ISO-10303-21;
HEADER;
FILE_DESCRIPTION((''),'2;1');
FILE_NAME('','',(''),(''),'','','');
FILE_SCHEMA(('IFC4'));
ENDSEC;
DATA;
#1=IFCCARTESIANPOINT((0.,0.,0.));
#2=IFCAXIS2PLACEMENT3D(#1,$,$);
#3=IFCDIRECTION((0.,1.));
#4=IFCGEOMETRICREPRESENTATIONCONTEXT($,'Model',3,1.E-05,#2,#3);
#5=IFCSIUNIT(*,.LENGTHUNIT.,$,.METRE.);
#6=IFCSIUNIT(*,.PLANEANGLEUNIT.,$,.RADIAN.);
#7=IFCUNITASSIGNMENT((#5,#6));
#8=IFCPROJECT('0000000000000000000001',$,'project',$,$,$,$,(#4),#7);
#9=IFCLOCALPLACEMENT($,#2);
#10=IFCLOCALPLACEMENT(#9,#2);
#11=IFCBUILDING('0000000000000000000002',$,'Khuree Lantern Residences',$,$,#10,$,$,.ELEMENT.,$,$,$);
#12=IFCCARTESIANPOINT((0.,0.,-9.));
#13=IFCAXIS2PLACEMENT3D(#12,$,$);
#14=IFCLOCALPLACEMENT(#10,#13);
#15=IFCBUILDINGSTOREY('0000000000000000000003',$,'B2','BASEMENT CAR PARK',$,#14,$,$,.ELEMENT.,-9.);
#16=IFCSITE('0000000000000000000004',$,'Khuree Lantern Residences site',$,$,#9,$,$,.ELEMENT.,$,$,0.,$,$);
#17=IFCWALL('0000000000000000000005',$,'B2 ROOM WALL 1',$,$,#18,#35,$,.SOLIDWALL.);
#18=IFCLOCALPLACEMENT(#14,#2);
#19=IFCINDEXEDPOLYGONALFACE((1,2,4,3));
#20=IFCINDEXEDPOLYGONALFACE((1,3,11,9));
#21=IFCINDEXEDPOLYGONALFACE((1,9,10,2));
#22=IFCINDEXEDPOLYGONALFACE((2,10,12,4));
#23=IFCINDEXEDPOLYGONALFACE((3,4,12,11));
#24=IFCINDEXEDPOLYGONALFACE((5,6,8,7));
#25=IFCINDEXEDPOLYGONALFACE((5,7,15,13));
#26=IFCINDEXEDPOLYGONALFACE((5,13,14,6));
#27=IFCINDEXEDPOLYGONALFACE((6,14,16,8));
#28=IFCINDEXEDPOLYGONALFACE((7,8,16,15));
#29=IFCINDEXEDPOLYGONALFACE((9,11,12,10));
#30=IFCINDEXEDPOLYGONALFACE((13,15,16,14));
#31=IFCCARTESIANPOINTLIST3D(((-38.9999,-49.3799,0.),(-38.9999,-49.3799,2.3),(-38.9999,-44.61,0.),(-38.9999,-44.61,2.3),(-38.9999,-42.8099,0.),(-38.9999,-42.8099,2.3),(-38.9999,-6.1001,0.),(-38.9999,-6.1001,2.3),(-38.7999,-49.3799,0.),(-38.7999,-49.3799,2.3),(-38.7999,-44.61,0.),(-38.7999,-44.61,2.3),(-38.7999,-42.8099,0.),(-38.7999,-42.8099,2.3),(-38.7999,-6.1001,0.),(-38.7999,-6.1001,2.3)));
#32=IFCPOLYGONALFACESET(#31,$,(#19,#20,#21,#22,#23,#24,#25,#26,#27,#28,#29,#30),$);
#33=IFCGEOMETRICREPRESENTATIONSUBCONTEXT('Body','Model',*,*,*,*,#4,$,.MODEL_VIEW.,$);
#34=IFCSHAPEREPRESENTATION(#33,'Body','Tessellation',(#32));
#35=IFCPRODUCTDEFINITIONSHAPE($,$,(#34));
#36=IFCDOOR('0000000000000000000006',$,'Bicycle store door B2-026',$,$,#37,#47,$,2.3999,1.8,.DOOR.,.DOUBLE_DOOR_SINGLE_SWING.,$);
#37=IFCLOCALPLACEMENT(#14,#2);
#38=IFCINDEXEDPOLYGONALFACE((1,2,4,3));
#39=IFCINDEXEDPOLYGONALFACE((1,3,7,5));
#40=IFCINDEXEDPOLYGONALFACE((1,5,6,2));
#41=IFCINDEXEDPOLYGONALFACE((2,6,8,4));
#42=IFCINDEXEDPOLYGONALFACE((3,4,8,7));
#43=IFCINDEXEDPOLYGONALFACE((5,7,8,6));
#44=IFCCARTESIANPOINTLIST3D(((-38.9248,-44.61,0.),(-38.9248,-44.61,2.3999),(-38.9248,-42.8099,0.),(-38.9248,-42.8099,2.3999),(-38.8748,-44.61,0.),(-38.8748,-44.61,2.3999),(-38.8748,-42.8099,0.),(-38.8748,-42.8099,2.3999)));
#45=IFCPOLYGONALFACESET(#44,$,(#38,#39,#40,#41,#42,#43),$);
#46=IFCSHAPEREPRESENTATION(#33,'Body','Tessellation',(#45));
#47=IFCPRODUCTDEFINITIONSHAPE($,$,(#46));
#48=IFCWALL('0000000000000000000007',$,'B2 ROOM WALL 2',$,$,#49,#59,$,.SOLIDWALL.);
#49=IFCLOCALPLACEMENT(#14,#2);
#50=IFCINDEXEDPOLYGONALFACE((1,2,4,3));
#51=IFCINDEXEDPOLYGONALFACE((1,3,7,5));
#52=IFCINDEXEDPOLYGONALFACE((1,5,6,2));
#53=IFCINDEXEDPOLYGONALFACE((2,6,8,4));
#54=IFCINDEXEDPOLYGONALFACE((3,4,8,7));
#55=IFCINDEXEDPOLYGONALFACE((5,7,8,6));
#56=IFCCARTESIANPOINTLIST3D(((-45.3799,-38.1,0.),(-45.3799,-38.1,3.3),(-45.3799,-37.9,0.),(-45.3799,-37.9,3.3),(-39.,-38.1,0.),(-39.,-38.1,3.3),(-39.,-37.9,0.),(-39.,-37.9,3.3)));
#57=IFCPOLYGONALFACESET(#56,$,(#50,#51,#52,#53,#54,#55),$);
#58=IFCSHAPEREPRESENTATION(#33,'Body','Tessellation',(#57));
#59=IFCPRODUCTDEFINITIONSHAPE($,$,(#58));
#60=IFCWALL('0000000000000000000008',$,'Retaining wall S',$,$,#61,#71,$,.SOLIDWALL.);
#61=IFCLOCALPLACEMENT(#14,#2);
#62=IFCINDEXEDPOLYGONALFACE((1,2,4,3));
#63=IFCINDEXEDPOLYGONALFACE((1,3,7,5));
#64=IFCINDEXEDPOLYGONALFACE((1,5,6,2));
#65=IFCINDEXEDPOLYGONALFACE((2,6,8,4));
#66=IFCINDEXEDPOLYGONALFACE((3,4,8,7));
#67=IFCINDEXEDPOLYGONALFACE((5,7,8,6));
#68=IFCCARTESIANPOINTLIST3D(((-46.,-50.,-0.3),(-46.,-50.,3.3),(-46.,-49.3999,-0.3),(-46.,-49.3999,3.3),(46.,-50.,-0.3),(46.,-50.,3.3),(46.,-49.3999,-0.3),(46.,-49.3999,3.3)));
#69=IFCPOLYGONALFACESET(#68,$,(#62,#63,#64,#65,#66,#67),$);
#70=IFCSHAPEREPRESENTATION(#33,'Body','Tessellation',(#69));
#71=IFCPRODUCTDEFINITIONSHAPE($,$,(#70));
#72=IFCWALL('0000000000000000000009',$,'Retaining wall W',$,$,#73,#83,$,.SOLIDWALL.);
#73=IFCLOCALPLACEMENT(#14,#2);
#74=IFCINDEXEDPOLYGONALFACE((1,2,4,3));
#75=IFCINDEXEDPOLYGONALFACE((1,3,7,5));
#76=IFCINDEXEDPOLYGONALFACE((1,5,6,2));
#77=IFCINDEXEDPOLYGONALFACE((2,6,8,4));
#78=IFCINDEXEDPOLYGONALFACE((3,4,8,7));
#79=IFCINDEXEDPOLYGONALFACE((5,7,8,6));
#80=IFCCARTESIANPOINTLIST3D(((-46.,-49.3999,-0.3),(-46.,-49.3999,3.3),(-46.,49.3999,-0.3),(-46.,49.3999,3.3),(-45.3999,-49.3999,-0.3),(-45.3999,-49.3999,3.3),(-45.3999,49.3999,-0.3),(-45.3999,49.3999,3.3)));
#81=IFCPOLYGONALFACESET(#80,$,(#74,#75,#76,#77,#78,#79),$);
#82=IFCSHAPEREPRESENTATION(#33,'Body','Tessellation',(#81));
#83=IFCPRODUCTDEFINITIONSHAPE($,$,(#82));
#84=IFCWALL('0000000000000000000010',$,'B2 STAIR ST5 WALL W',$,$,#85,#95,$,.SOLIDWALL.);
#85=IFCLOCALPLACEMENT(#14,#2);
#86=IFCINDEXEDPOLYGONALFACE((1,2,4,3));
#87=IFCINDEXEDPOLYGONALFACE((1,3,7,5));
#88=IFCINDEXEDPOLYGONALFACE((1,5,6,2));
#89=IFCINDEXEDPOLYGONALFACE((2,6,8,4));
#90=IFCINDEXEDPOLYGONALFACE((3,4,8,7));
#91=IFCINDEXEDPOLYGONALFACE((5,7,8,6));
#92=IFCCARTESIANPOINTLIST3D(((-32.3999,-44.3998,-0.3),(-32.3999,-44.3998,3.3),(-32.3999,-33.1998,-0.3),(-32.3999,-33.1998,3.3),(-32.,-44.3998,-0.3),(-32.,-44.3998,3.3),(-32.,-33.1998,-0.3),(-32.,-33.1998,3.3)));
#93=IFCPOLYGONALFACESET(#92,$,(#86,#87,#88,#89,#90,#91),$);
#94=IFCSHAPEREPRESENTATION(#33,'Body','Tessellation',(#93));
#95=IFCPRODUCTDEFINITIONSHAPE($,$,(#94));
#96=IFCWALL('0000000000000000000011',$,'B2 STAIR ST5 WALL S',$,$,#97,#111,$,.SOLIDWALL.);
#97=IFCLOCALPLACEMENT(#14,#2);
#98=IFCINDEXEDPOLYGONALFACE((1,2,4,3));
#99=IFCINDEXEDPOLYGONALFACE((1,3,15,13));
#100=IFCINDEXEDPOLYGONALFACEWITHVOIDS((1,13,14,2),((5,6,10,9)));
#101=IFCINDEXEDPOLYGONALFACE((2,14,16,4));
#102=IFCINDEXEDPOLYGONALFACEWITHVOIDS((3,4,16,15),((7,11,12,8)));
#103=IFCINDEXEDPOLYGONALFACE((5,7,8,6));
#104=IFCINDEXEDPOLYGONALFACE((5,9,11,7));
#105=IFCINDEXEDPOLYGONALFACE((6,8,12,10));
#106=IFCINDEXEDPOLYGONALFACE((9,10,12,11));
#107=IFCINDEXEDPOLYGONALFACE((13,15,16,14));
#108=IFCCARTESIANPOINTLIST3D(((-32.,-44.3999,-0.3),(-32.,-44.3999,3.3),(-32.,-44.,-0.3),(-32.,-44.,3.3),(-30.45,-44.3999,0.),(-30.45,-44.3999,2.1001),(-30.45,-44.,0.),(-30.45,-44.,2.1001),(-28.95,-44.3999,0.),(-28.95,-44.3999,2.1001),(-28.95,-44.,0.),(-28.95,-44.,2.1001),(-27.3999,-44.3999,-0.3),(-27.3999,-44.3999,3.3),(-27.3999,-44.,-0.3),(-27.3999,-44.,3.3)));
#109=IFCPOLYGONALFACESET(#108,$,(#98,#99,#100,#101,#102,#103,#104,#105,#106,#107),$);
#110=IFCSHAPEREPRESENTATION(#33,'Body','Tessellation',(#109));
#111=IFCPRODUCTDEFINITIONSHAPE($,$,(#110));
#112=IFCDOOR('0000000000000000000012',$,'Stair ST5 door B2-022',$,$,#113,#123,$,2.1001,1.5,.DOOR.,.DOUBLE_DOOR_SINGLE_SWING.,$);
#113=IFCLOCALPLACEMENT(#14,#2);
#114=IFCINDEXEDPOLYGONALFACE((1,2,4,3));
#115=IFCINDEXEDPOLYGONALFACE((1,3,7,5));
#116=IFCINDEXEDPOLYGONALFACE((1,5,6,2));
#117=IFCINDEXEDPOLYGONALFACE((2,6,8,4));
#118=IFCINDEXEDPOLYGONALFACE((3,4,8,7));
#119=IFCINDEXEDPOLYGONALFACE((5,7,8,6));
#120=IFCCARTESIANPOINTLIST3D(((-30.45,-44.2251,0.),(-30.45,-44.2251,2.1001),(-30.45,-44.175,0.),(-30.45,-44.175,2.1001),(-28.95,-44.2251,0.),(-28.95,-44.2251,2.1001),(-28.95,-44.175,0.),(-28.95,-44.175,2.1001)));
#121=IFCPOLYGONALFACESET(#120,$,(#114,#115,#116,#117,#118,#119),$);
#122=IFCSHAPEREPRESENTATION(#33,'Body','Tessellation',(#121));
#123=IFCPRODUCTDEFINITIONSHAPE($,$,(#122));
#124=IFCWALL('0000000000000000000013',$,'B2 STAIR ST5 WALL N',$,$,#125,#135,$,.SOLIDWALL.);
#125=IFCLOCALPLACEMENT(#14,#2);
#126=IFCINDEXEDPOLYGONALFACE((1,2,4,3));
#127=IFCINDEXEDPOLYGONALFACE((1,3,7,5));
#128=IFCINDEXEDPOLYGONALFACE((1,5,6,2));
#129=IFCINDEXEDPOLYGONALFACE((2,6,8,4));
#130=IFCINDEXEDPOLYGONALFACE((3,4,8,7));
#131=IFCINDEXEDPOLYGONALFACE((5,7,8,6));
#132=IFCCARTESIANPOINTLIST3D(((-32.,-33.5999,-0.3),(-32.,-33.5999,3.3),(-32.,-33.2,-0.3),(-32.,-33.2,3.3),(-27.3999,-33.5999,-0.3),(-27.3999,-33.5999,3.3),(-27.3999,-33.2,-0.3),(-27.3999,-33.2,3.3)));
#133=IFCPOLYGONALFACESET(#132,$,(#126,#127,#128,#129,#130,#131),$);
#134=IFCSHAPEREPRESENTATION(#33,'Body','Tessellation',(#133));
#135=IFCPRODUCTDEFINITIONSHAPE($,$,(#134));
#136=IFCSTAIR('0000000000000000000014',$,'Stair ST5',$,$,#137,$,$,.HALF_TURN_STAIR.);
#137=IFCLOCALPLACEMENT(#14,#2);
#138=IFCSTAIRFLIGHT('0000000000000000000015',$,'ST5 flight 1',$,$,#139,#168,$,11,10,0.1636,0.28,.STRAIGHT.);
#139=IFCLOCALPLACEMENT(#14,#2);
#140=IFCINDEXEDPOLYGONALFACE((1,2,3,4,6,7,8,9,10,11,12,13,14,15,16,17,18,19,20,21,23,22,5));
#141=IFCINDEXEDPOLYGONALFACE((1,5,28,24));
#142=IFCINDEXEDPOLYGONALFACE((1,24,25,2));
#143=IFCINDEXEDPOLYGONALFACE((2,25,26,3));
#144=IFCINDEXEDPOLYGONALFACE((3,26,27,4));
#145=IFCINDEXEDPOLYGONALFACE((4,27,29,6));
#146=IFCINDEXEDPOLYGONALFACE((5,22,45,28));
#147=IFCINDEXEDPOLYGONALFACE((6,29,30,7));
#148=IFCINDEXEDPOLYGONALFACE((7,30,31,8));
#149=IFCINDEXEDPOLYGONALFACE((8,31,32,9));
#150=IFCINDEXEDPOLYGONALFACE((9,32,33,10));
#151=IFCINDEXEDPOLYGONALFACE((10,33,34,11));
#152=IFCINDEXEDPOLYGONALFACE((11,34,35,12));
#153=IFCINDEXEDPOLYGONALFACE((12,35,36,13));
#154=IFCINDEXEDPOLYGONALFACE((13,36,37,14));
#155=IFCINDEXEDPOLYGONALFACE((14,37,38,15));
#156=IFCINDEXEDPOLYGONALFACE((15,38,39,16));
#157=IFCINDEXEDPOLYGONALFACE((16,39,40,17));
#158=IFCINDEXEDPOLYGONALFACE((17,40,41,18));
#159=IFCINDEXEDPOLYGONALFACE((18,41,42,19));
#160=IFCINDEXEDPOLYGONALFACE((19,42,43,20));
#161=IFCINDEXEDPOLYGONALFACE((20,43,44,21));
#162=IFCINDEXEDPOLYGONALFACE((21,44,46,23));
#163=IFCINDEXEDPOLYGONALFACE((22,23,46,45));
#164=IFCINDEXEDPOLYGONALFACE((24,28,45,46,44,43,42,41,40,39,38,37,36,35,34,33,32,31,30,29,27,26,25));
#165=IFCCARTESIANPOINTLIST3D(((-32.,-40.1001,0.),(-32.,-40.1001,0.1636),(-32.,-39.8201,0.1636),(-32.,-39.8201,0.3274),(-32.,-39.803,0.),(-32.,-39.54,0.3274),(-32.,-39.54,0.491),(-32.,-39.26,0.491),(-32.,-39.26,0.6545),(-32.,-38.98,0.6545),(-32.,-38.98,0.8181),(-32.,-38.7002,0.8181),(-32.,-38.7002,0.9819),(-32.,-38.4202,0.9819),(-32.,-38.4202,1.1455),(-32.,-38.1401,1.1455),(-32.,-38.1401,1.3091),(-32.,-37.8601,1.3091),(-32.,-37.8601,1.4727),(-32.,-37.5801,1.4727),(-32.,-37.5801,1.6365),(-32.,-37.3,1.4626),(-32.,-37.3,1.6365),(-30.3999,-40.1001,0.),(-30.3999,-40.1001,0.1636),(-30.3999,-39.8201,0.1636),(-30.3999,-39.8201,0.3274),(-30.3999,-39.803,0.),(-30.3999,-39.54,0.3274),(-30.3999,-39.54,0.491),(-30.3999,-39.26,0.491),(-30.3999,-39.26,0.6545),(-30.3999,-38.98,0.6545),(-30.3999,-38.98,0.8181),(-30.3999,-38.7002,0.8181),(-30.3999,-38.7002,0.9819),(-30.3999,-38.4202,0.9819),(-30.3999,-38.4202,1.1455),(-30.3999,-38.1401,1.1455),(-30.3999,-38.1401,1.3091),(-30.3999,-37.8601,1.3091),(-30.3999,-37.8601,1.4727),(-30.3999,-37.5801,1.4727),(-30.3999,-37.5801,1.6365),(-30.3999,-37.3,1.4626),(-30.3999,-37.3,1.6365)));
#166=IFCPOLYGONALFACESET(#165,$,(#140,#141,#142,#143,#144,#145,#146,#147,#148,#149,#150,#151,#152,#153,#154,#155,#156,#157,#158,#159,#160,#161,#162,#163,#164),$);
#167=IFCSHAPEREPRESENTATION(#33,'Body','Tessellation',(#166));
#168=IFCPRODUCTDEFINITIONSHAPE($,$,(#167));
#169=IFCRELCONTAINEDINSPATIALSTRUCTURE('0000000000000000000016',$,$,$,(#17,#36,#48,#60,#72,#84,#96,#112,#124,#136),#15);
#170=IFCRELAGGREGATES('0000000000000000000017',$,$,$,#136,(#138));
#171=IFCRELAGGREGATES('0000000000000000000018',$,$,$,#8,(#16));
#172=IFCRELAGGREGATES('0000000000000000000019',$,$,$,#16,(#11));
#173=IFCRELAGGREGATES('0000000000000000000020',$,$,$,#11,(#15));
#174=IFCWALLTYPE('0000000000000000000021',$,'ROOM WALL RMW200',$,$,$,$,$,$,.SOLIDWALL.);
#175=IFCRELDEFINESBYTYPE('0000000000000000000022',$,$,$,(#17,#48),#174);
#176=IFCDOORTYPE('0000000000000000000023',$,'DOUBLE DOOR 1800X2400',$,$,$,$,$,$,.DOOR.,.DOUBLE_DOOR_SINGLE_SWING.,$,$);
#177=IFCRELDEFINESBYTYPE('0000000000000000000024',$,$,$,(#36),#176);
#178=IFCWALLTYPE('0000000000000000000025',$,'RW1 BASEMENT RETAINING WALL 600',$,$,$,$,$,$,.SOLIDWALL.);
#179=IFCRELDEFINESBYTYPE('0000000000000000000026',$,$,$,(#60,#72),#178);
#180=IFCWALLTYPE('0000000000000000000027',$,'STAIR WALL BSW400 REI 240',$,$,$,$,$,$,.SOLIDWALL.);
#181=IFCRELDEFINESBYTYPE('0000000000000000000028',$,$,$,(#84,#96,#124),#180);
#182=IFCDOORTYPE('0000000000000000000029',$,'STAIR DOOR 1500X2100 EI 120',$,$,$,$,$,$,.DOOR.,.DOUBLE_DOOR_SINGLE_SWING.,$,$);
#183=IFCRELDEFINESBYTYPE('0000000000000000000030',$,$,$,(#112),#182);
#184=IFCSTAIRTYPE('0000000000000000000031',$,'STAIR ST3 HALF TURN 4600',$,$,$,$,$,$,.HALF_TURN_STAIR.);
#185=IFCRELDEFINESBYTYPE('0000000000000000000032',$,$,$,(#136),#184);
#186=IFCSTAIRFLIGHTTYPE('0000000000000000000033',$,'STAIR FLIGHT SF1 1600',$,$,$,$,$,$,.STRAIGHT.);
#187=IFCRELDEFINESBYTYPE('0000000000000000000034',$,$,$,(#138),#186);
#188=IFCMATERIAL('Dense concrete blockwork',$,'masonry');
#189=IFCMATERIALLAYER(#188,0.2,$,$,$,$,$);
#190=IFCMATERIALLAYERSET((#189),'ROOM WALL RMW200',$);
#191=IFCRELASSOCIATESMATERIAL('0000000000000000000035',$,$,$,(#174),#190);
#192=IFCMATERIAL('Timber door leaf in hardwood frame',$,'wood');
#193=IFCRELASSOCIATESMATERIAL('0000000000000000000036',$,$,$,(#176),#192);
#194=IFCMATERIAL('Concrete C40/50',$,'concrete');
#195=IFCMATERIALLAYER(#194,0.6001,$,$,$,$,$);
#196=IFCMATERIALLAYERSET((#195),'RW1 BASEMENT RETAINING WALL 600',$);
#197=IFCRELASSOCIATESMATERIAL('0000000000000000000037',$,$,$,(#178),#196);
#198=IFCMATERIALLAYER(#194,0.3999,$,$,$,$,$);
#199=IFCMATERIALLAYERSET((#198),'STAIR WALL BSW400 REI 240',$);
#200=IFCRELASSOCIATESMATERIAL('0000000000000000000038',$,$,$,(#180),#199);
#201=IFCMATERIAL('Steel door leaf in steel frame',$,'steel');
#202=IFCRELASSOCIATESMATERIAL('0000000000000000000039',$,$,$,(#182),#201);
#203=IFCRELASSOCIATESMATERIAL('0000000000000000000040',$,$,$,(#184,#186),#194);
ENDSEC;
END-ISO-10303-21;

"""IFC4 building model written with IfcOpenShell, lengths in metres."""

from ifc_helpers import new_model, si_unit, direction, frame, frame_2d, origin, place, context, subcontext, project, spatial, polyline, rectangle, outline, extrude, material, layer, layer_set, type_object, element, fill, aggregate, save


model = new_model("IFC4")

# Units and contexts
model_context = context("Model", 3, precision=1e-05, world=origin(), true_north=direction((0.0, 1.0)))
body_context = subcontext(model_context, "Body", "Model", "MODEL_VIEW")
ifc_project = project(units=[si_unit("LENGTHUNIT", "METRE"), si_unit("PLANEANGLEUNIT", "RADIAN")], contexts=[model_context])

# Site, building, storey
site_placement = place(None, origin())
site = spatial("IfcSite", under=ifc_project, at=site_placement, Name="Khuree Lantern Residences site", CompositionType="ELEMENT", RefElevation=0.0)
building_placement = place(site_placement, origin())
building = spatial("IfcBuilding", under=site, at=building_placement, Name="Khuree Lantern Residences", CompositionType="ELEMENT")
storey_placement = place(building_placement, frame((0.0, 0.0, -9.0)))
storey = spatial("IfcBuildingStorey", under=building, at=storey_placement, Name="B2", Description="BASEMENT CAR PARK", CompositionType="ELEMENT", Elevation=-9.0)

# Shared definitions
ifc_material_1 = material(Name="Concrete C40/50", Category="concrete")

# Wall, opening, door
ifc_material_2 = material(Name="Dense concrete blockwork", Category="masonry")
ifc_layer_1 = layer(ifc_material_2, 0.2)
ifc_layer_set_1 = layer_set([ifc_layer_1], Name="ROOM WALL RMW200")
wall_type_1 = type_object("IfcWallType", Name="ROOM WALL RMW200", PredefinedType="SOLIDWALL", material=ifc_layer_set_1)
wall_1_placement = place(storey_placement, frame((-38.8999, -49.3799, 0.0), z_axis=(0.0, 0.0, 1.0), x_axis=(0.0, 1.0, 0.0)))
wall_1 = element("IfcWall", 1, at=wall_1_placement, inside=storey, type_object=wall_type_1, Name="B2 ROOM WALL 1", PredefinedType="SOLIDWALL", context=body_context, shape_type="SweptSolid", body=[
    extrude(rectangle(XDim=43.2798, YDim=0.2, at=frame_2d((21.6399, 0.0))), origin(), (0.0, 0.0, 1.0), 2.3),
])
opening_1_placement = place(wall_1_placement, frame((4.77, 0.0, 0.0)))
opening_1 = element("IfcOpeningElement", 2, at=opening_1_placement, cuts=wall_1, PredefinedType="OPENING", context=body_context, shape_type="SweptSolid", body=[
    extrude(rectangle(XDim=1.8, YDim=2.3999, at=frame_2d((0.8999, 1.2))), frame((0.0, 0.1099, 0.0), z_axis=(0.0, -1.0, 0.0), x_axis=(1.0, 0.0, 0.0)), (0.0, 0.0, 1.0), 0.22),
])
ifc_material_3 = material(Name="Timber door leaf in hardwood frame", Category="wood")
door_type_1 = type_object("IfcDoorType", Name="DOUBLE DOOR 1800X2400", OperationType="DOUBLE_DOOR_SINGLE_SWING", PredefinedType="DOOR", material=ifc_material_3)
door_1_placement = place(opening_1_placement, origin())
door_1 = element("IfcDoor", 3, at=door_1_placement, inside=storey, type_object=door_type_1, Name="Bicycle store door B2-026", OperationType="DOUBLE_DOOR_SINGLE_SWING", OverallHeight=2.3999, OverallWidth=1.8, PredefinedType="DOOR", context=body_context, shape_type="SweptSolid", body=[
    extrude(rectangle(XDim=1.8, YDim=2.3999, at=frame_2d((0.8999, 1.2))), frame((0.0, 0.0249, 0.0), z_axis=(0.0, -1.0, 0.0), x_axis=(1.0, 0.0, 0.0)), (0.0, 0.0, 1.0), 0.05),
])
fill(opening_1, door_1)

# Walls
wall_2_placement = place(storey_placement, frame((-45.3799, -38.0, 0.0), z_axis=(0.0, 0.0, 1.0), x_axis=(1.0, 0.0, 0.0)))
element("IfcWall", 4, at=wall_2_placement, inside=storey, type_object=wall_type_1, Name="B2 ROOM WALL 2", PredefinedType="SOLIDWALL", context=body_context, shape_type="SweptSolid", body=[
    extrude(rectangle(XDim=6.3799, YDim=0.2, at=frame_2d((3.1899, 0.0))), origin(), (0.0, 0.0, 1.0), 3.3),
])
ifc_layer_2 = layer(ifc_material_1, 0.6001)
ifc_layer_set_2 = layer_set([ifc_layer_2], Name="RW1 BASEMENT RETAINING WALL 600")
wall_type_2 = type_object("IfcWallType", Name="RW1 BASEMENT RETAINING WALL 600", PredefinedType="SOLIDWALL", material=ifc_layer_set_2)
wall_3_placement = place(storey_placement, frame((-46.0, -49.7, -0.3), z_axis=(0.0, 0.0, 1.0), x_axis=(1.0, 0.0, 0.0)))
element("IfcWall", 5, at=wall_3_placement, inside=storey, type_object=wall_type_2, Name="Retaining wall S", PredefinedType="SOLIDWALL", context=body_context, shape_type="SweptSolid", body=[
    extrude(rectangle(XDim=92.0, YDim=0.6001, at=frame_2d((46.0, 0.0))), origin(), (0.0, 0.0, 1.0), 3.6001),
])
wall_4_placement = place(storey_placement, frame((-45.7, -49.3999, -0.3), z_axis=(0.0, 0.0, 1.0), x_axis=(0.0, 1.0, 0.0)))
element("IfcWall", 6, at=wall_4_placement, inside=storey, type_object=wall_type_2, Name="Retaining wall W", PredefinedType="SOLIDWALL", context=body_context, shape_type="SweptSolid", body=[
    extrude(rectangle(XDim=98.7998, YDim=0.6001, at=frame_2d((49.3999, 0.0))), origin(), (0.0, 0.0, 1.0), 3.6001),
])
ifc_layer_3 = layer(ifc_material_1, 0.3999)
ifc_layer_set_3 = layer_set([ifc_layer_3], Name="STAIR WALL BSW400 REI 240")
wall_type_3 = type_object("IfcWallType", Name="STAIR WALL BSW400 REI 240", PredefinedType="SOLIDWALL", material=ifc_layer_set_3)
wall_5_placement = place(storey_placement, frame((-32.2, -44.3999, -0.3), z_axis=(0.0, 0.0, 1.0), x_axis=(0.0, 1.0, 0.0)))
element("IfcWall", 7, at=wall_5_placement, inside=storey, type_object=wall_type_3, Name="B2 STAIR ST5 WALL W", PredefinedType="SOLIDWALL", context=body_context, shape_type="SweptSolid", body=[
    extrude(rectangle(XDim=11.2, YDim=0.3999, at=frame_2d((5.6001, 0.0))), origin(), (0.0, 0.0, 1.0), 3.6001),
])

# Wall, opening, door
wall_6_placement = place(storey_placement, frame((-32.0, -44.2, -0.3), z_axis=(0.0, 0.0, 1.0), x_axis=(1.0, 0.0, 0.0)))
wall_6 = element("IfcWall", 8, at=wall_6_placement, inside=storey, type_object=wall_type_3, Name="B2 STAIR ST5 WALL S", PredefinedType="SOLIDWALL", context=body_context, shape_type="SweptSolid", body=[
    extrude(rectangle(XDim=4.6001, YDim=0.3999, at=frame_2d((2.3, 0.0))), origin(), (0.0, 0.0, 1.0), 3.6001),
])
opening_2_placement = place(wall_6_placement, frame((1.55, 0.0, 0.3)))
opening_2 = element("IfcOpeningElement", 9, at=opening_2_placement, cuts=wall_6, PredefinedType="OPENING", context=body_context, shape_type="SweptSolid", body=[
    extrude(rectangle(XDim=1.5, YDim=2.1001, at=frame_2d((0.75, 1.05))), frame((0.0, 0.21, 0.0), z_axis=(0.0, -1.0, 0.0), x_axis=(1.0, 0.0, 0.0)), (0.0, 0.0, 1.0), 0.4199),
])
ifc_material_4 = material(Name="Steel door leaf in steel frame", Category="steel")
door_type_2 = type_object("IfcDoorType", Name="STAIR DOOR 1500X2100 EI 120", OperationType="DOUBLE_DOOR_SINGLE_SWING", PredefinedType="DOOR", material=ifc_material_4)
door_2_placement = place(opening_2_placement, origin())
door_2 = element("IfcDoor", 10, at=door_2_placement, inside=storey, type_object=door_type_2, Name="Stair ST5 door B2-022", OperationType="DOUBLE_DOOR_SINGLE_SWING", OverallHeight=2.1001, OverallWidth=1.5, PredefinedType="DOOR", context=body_context, shape_type="SweptSolid", body=[
    extrude(rectangle(XDim=1.5, YDim=2.1001, at=frame_2d((0.75, 1.05))), frame((0.0, 0.0249, 0.0), z_axis=(0.0, -1.0, 0.0), x_axis=(1.0, 0.0, 0.0)), (0.0, 0.0, 1.0), 0.05),
])
fill(opening_2, door_2)

# Wall
wall_7_placement = place(storey_placement, frame((-32.0, -33.3999, -0.3), z_axis=(0.0, 0.0, 1.0), x_axis=(1.0, 0.0, 0.0)))
element("IfcWall", 11, at=wall_7_placement, inside=storey, type_object=wall_type_3, Name="B2 STAIR ST5 WALL N", PredefinedType="SOLIDWALL", context=body_context, shape_type="SweptSolid", body=[
    extrude(rectangle(XDim=4.6001, YDim=0.3999, at=frame_2d((2.3, 0.0))), origin(), (0.0, 0.0, 1.0), 3.6001),
])

# Stair, stair flight
stair_type = type_object("IfcStairType", Name="STAIR ST3 HALF TURN 4600", PredefinedType="HALF_TURN_STAIR", material=ifc_material_1)
stair_placement = place(storey_placement, origin())
stair = element("IfcStair", 12, at=stair_placement, inside=storey, type_object=stair_type, Name="Stair ST5", PredefinedType="HALF_TURN_STAIR")
stair_flight_type = type_object("IfcStairFlightType", Name="STAIR FLIGHT SF1 1600", PredefinedType="STRAIGHT", material=ifc_material_1)
stair_flight_placement = place(storey_placement, frame((-31.2, -40.1001, 0.0), z_axis=(0.0, 0.0, 1.0), x_axis=(0.0, 1.0, 0.0)))
stair_flight = element("IfcStairFlight", 13, at=stair_flight_placement, type_object=stair_flight_type, Name="ST5 flight 1", NumberOfRisers=11, NumberOfTreads=10, PredefinedType="STRAIGHT", RiserHeight=0.1636, TreadLength=0.28, context=body_context, shape_type="SweptSolid", body=[
    extrude(outline(polyline([(0.0, 0.0), (0.0, 0.1636), (0.28, 0.1636), (0.28, 0.3274), (0.5601, 0.3274), (0.5601, 0.491), (0.8401, 0.491), (0.8401, 0.6545), (1.1201, 0.6545), (1.1201, 0.8181), (1.3999, 0.8181), (1.3999, 0.9819), (1.6799, 0.9819), (1.6799, 1.1455), (1.96, 1.1455), (1.96, 1.3091), (2.24, 1.3091), (2.24, 1.4727), (2.52, 1.4727), (2.52, 1.6365), (2.8, 1.6365), (2.8, 1.8), (2.8, 1.4626), (0.2971, 0.0), (0.0, 0.0)])), frame((0.0, 0.8, 0.0), z_axis=(0.0, -1.0, 0.0), x_axis=(1.0, 0.0, 0.0)), (0.0, 0.0, 1.0), 1.6001),
])
aggregate(stair, [stair_flight])

save(model, "model.ifc")
